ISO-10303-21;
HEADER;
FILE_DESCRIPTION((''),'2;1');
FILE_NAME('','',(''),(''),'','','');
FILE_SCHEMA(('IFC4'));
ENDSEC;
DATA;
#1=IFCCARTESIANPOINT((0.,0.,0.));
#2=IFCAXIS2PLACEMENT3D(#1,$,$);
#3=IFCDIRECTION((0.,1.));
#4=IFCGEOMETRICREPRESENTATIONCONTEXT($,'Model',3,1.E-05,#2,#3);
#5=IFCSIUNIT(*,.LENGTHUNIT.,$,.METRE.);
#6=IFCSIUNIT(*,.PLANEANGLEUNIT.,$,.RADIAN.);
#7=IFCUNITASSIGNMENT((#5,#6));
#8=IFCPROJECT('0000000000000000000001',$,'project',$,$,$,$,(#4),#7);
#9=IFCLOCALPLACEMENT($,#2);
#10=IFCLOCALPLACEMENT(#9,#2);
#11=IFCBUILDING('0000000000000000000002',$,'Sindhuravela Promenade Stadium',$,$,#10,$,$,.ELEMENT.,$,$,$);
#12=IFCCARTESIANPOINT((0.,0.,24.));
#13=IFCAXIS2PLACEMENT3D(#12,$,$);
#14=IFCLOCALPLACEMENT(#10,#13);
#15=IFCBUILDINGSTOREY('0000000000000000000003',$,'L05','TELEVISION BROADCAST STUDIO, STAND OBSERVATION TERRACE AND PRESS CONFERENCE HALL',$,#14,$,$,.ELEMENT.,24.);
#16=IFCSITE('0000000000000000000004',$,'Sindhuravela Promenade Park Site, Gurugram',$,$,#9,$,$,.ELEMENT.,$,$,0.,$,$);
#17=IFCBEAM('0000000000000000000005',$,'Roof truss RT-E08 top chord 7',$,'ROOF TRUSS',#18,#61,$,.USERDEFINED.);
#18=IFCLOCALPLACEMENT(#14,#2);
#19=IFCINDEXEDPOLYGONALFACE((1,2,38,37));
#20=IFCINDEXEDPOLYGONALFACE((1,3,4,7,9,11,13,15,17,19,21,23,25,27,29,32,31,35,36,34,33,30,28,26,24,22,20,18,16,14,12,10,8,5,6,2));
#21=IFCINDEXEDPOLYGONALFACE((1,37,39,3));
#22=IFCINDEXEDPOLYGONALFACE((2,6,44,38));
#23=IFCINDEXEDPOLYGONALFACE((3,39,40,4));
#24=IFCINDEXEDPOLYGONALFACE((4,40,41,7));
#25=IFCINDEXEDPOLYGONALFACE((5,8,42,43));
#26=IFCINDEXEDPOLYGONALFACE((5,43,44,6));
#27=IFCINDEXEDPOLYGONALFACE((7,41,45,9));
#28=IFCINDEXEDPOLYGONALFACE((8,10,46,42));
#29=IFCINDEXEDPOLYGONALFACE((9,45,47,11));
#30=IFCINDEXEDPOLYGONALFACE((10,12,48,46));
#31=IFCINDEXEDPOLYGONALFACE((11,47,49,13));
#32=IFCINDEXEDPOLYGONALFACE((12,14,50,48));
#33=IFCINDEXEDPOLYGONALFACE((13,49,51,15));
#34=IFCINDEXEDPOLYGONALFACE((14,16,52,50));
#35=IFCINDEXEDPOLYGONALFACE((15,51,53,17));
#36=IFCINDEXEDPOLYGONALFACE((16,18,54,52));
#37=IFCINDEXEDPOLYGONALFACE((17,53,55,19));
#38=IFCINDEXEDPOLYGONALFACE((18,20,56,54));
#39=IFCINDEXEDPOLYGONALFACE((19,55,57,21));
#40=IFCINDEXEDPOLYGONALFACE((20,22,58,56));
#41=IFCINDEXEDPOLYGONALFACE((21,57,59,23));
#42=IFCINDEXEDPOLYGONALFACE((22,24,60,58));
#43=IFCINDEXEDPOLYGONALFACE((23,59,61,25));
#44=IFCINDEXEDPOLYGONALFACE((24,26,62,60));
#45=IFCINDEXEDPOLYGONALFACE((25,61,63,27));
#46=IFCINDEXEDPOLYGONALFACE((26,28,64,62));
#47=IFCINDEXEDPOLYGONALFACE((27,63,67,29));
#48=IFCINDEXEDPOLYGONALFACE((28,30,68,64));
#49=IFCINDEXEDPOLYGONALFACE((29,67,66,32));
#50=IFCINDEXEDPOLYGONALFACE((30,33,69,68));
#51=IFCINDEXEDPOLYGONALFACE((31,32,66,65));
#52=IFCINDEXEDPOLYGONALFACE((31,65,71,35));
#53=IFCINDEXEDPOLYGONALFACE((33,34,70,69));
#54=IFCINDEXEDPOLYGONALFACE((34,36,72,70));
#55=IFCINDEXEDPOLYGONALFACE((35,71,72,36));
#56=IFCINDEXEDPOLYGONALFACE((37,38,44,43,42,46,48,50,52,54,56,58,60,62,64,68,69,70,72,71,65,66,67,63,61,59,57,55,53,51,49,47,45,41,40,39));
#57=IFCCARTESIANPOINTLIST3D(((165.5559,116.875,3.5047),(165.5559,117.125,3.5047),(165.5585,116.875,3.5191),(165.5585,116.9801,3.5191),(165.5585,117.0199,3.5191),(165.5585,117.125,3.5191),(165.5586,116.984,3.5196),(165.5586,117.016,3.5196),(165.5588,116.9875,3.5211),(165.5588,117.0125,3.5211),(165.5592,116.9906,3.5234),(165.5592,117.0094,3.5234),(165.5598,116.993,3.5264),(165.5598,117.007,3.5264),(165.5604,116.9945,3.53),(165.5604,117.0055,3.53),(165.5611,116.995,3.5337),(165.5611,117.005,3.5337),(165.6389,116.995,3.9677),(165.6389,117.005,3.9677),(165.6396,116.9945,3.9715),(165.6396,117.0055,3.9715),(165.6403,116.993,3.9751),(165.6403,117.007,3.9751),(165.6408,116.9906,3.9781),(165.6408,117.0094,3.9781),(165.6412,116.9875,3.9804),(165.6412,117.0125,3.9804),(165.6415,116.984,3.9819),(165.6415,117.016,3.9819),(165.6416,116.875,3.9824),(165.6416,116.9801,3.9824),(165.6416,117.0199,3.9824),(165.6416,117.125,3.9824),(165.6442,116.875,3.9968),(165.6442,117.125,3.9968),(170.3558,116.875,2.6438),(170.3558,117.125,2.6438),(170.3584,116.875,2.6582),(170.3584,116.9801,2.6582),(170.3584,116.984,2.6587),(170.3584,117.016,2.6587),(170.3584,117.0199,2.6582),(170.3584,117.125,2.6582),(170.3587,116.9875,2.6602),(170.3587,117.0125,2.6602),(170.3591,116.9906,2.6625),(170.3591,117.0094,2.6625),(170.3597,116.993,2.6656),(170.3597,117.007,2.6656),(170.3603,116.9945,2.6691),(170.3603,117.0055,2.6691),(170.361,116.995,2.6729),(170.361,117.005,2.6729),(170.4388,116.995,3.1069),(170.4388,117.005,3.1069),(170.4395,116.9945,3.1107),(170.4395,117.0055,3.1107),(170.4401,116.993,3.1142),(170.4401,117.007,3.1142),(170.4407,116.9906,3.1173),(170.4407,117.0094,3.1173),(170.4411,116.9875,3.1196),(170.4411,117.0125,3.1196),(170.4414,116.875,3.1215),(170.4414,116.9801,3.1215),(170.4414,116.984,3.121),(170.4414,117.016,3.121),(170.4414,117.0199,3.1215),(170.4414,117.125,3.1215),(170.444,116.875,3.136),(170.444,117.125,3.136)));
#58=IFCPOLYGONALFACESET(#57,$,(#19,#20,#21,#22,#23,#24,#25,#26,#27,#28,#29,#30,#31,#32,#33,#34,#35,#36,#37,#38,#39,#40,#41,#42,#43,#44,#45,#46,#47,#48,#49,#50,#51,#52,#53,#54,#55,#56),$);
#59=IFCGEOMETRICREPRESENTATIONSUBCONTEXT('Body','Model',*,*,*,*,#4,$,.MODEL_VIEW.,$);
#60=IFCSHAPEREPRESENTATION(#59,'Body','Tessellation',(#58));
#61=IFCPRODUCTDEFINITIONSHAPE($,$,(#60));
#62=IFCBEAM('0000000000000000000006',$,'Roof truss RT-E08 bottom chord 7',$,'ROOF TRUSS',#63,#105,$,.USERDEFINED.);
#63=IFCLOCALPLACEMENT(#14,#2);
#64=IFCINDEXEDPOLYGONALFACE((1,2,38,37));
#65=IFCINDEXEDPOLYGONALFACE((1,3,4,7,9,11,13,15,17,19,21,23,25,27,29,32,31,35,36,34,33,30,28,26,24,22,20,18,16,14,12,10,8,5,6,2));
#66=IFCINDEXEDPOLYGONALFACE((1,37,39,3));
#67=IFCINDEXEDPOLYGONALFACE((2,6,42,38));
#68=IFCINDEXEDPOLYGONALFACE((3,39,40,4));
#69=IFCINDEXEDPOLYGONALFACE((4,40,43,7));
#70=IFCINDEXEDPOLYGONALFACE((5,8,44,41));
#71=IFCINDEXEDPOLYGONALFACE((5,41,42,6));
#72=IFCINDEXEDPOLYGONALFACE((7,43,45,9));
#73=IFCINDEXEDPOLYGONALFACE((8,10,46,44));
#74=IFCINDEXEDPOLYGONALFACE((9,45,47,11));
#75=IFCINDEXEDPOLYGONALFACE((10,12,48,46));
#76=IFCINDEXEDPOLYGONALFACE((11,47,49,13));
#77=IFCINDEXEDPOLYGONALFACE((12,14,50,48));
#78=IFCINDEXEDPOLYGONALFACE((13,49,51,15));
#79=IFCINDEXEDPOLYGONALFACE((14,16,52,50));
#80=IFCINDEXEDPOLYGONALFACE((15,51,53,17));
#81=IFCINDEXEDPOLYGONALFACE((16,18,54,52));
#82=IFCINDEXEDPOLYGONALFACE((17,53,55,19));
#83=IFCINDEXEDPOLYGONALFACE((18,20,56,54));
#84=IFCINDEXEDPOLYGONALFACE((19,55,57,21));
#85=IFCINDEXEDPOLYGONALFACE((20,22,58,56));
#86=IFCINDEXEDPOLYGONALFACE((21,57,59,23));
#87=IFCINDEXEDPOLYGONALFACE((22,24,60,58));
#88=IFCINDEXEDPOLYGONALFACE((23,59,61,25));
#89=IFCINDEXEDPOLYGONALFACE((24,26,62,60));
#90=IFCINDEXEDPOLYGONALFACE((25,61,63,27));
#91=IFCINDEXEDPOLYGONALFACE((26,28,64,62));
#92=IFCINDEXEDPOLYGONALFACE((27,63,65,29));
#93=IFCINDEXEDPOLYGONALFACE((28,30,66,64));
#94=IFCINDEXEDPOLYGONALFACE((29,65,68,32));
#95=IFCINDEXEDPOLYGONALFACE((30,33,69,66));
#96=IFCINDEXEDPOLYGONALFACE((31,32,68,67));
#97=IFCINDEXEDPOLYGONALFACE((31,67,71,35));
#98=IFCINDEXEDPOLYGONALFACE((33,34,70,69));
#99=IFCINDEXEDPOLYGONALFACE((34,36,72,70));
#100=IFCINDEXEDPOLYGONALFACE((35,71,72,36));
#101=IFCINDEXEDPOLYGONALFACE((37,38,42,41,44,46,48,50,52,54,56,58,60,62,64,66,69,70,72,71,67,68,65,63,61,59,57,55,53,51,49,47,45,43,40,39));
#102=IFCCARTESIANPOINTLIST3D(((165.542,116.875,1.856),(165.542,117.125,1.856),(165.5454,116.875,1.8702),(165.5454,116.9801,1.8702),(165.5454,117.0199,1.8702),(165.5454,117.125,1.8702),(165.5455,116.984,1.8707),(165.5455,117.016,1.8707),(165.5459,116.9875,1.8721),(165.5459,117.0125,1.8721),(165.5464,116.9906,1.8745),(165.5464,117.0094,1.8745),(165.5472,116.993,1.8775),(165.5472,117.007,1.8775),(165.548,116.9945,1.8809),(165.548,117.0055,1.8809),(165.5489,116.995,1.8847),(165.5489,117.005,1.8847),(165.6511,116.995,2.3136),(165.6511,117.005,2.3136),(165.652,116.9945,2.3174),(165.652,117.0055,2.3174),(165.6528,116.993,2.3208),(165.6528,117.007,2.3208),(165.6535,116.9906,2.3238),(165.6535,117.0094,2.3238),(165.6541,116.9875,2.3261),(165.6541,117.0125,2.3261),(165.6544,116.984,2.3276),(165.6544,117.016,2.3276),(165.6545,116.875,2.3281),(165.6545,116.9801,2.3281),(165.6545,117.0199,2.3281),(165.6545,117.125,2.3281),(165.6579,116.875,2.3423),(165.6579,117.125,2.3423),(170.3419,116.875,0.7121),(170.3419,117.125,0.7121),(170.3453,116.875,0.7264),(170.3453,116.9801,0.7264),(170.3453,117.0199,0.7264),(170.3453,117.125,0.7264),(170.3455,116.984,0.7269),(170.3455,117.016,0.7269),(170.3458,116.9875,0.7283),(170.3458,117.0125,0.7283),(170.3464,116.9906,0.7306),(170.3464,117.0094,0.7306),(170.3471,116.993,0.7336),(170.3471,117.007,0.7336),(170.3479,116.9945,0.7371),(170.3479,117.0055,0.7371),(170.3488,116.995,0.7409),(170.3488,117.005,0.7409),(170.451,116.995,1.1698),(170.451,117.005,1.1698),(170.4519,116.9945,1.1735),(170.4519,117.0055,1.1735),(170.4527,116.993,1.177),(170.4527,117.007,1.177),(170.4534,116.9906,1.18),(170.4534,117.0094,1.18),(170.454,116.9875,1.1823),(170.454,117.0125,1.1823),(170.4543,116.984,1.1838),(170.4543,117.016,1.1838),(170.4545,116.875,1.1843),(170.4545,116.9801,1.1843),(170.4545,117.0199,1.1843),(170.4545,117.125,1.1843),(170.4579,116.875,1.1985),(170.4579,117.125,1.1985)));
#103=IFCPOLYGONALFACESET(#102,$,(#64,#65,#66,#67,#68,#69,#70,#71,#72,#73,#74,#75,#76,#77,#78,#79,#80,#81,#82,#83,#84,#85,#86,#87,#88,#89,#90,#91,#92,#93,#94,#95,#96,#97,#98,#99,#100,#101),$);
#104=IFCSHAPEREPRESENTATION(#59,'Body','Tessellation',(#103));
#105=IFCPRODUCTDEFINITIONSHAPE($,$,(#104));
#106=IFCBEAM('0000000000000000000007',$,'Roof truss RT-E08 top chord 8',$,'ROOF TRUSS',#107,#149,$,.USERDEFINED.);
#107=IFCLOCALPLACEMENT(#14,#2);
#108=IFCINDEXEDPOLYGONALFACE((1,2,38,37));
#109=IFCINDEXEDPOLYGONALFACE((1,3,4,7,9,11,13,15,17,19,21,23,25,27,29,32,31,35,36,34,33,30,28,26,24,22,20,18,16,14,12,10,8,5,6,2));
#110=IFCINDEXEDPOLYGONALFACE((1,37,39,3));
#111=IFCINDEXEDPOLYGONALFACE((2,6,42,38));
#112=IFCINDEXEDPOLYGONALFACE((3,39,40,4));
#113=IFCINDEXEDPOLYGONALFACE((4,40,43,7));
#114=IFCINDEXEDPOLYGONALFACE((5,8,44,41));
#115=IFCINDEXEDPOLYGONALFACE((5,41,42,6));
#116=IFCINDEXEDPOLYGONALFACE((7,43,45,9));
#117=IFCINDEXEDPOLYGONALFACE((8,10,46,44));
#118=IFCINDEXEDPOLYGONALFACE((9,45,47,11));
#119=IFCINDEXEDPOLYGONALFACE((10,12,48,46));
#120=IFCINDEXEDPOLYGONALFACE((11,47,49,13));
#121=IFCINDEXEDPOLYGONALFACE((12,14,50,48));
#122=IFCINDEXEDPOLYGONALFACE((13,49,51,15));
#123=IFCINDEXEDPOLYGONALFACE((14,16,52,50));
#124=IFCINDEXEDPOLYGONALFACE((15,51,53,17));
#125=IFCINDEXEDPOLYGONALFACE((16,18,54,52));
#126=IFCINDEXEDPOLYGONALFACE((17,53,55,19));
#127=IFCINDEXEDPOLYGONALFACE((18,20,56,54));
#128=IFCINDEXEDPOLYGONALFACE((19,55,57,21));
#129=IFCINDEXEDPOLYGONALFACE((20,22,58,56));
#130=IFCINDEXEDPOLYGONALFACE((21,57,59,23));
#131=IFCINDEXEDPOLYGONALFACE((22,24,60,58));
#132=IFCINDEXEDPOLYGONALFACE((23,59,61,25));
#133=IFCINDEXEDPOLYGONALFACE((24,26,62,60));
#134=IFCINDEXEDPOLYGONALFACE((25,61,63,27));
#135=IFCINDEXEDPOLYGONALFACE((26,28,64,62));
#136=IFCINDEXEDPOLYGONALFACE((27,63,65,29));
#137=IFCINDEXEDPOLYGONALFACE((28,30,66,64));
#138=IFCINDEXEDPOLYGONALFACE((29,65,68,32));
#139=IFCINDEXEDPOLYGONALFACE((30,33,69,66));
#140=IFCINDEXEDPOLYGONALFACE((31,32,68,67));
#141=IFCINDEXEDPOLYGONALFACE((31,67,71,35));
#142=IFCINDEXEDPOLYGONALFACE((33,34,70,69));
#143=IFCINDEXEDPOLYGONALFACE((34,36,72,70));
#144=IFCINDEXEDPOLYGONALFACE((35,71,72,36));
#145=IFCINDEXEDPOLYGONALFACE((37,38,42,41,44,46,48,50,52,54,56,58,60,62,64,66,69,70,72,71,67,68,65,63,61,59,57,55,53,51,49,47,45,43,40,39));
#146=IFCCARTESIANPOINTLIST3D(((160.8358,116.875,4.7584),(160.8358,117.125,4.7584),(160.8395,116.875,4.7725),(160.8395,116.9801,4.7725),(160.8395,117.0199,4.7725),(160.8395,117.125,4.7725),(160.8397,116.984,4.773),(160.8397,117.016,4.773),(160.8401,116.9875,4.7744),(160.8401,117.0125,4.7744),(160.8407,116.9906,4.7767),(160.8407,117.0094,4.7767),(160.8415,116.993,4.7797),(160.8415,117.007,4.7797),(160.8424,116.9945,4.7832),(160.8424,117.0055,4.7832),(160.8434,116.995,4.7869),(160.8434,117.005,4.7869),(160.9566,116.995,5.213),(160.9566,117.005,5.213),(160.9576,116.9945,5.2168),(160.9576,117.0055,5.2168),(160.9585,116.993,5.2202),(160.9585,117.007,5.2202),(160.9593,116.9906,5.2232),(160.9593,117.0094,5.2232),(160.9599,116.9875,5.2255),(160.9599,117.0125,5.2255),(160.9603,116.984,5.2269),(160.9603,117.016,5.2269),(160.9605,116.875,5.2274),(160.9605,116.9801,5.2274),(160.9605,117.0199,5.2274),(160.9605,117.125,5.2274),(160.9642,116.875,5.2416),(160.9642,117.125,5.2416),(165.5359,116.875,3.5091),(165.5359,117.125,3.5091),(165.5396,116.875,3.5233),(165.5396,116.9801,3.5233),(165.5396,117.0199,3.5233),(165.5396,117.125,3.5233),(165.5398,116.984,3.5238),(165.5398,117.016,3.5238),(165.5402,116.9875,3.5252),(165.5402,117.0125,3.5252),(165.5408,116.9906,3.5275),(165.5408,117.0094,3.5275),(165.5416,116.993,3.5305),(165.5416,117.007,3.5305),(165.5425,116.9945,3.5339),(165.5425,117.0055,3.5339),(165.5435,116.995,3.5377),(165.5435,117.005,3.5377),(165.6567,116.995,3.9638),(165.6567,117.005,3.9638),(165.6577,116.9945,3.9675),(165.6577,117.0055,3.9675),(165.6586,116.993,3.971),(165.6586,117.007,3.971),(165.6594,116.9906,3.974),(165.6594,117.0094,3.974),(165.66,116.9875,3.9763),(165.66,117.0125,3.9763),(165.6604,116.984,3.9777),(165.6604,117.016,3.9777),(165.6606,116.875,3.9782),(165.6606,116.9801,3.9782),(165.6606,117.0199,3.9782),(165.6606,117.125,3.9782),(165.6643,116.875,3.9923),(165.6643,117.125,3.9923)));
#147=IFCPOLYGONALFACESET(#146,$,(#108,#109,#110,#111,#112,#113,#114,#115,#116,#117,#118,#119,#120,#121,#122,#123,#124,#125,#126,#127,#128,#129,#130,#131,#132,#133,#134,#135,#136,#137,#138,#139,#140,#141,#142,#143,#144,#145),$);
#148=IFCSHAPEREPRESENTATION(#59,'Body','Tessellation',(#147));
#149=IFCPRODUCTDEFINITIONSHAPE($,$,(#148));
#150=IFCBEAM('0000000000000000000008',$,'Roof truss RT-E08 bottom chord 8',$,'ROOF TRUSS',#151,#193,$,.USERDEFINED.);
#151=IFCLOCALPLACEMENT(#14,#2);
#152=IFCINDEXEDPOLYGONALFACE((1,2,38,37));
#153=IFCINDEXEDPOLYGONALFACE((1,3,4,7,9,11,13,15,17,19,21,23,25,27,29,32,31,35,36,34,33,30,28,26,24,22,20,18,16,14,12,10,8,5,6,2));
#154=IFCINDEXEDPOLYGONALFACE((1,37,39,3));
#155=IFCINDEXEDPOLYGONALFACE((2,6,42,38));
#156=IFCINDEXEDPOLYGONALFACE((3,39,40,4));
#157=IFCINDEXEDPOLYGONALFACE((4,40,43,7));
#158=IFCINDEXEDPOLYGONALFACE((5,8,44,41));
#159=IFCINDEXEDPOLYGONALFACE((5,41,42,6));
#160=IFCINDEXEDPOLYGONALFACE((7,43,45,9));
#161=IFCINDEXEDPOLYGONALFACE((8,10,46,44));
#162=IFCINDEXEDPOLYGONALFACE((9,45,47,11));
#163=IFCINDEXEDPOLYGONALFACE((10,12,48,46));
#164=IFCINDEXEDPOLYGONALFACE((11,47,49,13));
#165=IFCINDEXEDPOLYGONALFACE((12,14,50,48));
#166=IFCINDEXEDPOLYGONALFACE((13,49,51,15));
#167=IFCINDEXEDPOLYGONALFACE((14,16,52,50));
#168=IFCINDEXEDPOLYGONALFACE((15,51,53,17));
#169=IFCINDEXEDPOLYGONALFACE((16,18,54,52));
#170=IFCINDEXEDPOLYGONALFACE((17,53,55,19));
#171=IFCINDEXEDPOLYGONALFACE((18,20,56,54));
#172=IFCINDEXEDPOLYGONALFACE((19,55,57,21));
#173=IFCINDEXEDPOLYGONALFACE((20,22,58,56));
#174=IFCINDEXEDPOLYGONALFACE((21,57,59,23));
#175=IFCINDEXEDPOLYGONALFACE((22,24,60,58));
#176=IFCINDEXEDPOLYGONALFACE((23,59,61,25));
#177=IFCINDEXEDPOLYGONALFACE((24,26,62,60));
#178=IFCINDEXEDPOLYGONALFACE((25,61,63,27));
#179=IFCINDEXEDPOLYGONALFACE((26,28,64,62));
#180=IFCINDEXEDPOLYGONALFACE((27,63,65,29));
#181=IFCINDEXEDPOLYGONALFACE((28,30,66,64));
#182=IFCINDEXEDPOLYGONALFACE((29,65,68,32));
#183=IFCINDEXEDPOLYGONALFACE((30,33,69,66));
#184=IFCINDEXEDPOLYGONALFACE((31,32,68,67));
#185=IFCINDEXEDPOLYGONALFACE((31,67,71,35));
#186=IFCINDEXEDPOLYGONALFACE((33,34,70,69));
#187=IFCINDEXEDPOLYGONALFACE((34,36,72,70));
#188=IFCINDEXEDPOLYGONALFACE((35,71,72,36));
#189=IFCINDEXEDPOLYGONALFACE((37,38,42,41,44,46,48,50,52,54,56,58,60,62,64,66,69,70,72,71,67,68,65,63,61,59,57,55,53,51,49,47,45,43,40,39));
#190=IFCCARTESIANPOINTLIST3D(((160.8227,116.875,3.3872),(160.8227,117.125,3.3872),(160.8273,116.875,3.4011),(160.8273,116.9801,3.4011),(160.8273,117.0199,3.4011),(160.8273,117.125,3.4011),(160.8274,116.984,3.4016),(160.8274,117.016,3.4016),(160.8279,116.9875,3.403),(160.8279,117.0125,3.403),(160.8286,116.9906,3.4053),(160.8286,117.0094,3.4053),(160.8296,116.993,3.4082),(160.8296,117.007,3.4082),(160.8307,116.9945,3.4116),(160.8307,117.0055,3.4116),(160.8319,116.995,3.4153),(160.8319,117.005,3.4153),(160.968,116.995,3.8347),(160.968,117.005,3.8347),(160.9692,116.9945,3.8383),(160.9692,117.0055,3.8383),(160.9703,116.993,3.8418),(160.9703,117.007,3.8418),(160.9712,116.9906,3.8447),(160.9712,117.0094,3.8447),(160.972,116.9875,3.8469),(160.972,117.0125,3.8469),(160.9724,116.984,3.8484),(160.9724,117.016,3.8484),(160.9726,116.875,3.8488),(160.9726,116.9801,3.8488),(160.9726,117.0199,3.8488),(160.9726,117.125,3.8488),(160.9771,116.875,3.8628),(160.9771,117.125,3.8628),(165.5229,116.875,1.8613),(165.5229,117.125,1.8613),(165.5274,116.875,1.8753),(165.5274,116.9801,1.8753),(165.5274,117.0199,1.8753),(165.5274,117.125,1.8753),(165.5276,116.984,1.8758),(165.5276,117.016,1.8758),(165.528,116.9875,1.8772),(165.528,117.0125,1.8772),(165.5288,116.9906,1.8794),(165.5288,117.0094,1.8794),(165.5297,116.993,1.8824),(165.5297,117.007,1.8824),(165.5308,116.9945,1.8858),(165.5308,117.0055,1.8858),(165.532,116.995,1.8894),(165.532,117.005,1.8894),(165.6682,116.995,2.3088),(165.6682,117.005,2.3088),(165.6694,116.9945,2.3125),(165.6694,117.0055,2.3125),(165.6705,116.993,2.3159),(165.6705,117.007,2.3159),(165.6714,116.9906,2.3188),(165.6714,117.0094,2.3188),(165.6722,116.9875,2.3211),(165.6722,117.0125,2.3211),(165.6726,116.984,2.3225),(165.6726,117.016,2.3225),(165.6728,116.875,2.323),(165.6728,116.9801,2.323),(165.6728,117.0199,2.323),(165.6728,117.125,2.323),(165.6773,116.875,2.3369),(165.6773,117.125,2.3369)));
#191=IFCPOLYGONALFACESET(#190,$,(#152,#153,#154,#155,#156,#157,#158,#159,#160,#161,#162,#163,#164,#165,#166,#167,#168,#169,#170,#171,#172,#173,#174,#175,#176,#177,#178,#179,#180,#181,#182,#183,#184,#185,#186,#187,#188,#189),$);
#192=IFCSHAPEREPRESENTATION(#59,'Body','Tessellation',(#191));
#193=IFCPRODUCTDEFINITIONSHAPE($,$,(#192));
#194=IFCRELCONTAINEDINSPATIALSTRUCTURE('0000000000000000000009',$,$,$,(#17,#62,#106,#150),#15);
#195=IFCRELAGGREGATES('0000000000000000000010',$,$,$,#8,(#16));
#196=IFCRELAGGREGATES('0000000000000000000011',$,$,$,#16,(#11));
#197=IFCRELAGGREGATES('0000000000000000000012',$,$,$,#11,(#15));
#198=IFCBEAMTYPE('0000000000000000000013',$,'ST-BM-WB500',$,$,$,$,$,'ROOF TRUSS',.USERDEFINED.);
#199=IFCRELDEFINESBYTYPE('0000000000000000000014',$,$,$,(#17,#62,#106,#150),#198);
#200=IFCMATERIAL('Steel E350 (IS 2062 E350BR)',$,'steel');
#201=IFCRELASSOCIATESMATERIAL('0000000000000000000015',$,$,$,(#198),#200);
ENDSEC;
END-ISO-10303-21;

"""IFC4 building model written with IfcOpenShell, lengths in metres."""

from ifc_helpers import new_model, si_unit, direction, frame, origin, origin_2d, place, context, subcontext, project, spatial, i_section, extrude, material, material_profile, profile_set, type_object, element, save


model = new_model("IFC4")

# Units and contexts
model_context = context("Model", 3, precision=1e-05, world=origin(), true_north=direction((0.0, 1.0)))
body_context = subcontext(model_context, "Body", "Model", "MODEL_VIEW")
ifc_project = project(units=[si_unit("LENGTHUNIT", "METRE"), si_unit("PLANEANGLEUNIT", "RADIAN")], contexts=[model_context])

# Site, building, storey
site_placement = place(None, origin())
site = spatial("IfcSite", under=ifc_project, at=site_placement, Name="Sindhuravela Promenade Park Site, Gurugram", CompositionType="ELEMENT", RefElevation=0.0)
building_placement = place(site_placement, origin())
building = spatial("IfcBuilding", under=site, at=building_placement, Name="Sindhuravela Promenade Stadium", CompositionType="ELEMENT")
storey_placement = place(building_placement, frame((0.0, 0.0, 24.0)))
storey = spatial("IfcBuildingStorey", under=building, at=storey_placement, Name="L05", Description="TELEVISION BROADCAST STUDIO, STAND OBSERVATION TERRACE AND PRESS CONFERENCE HALL", CompositionType="ELEMENT", Elevation=24.0)

# Beams
ifc_material_1 = material(Name="Steel E350 (IS 2062 E350BR)", Category="steel")
ifc_material_profile_1 = material_profile(ifc_material_1, i_section(OverallWidth=0.25, OverallDepth=0.5, WebThickness=0.01, FlangeThickness=0.0146, FilletRadius=0.0149, at=origin_2d()), Name="ISWB 500")
ifc_profile_set_1 = profile_set([ifc_material_profile_1], Name="Steel E350 (IS 2062 E350BR)")
beam_type = type_object("IfcBeamType", Name="ST-BM-WB500", ElementType="ROOF TRUSS", PredefinedType="USERDEFINED", material=ifc_profile_set_1)
beam_1_placement = place(storey_placement, frame((170.3999, 117.0, 2.8899), z_axis=(-0.984295, 0.0, 0.176532), x_axis=(0.0, -1.0, 0.0)))
element("IfcBeam", 1, at=beam_1_placement, inside=storey, type_object=beam_type, Name="Roof truss RT-E08 top chord 7", ObjectType="ROOF TRUSS", PredefinedType="USERDEFINED", context=body_context, shape_type="SweptSolid", body=[
    extrude(i_section(OverallWidth=0.25, OverallDepth=0.5, WebThickness=0.01, FlangeThickness=0.0146, FilletRadius=0.0149, at=origin_2d()), origin(), (0.0, 0.0, 1.0), 4.8765),
])
beam_2_placement = place(storey_placement, frame((170.3999, 117.0, 0.9553), z_axis=(-0.972761, 0.0, 0.23181), x_axis=(0.0, -1.0, 0.0)))
element("IfcBeam", 2, at=beam_2_placement, inside=storey, type_object=beam_type, Name="Roof truss RT-E08 bottom chord 7", ObjectType="ROOF TRUSS", PredefinedType="USERDEFINED", context=body_context, shape_type="SweptSolid", body=[
    extrude(i_section(OverallWidth=0.25, OverallDepth=0.5, WebThickness=0.01, FlangeThickness=0.0146, FilletRadius=0.0149, at=origin_2d()), origin(), (0.0, 0.0, 1.0), 4.9343),
])
beam_3_placement = place(storey_placement, frame((165.6001, 117.0, 3.7507), z_axis=(-0.966445, 0.0, 0.256872), x_axis=(0.0, -1.0, 0.0)))
element("IfcBeam", 3, at=beam_3_placement, inside=storey, type_object=beam_type, Name="Roof truss RT-E08 top chord 8", ObjectType="ROOF TRUSS", PredefinedType="USERDEFINED", context=body_context, shape_type="SweptSolid", body=[
    extrude(i_section(OverallWidth=0.25, OverallDepth=0.5, WebThickness=0.01, FlangeThickness=0.0146, FilletRadius=0.0149, at=origin_2d()), origin(), (0.0, 0.0, 1.0), 4.8633),
])
beam_4_placement = place(storey_placement, frame((165.6001, 117.0, 2.0991), z_axis=(-0.951134, 0.0, 0.308778), x_axis=(0.0, -1.0, 0.0)))
element("IfcBeam", 4, at=beam_4_placement, inside=storey, type_object=beam_type, Name="Roof truss RT-E08 bottom chord 8", ObjectType="ROOF TRUSS", PredefinedType="USERDEFINED", context=body_context, shape_type="SweptSolid", body=[
    extrude(i_section(OverallWidth=0.25, OverallDepth=0.5, WebThickness=0.01, FlangeThickness=0.0146, FilletRadius=0.0149, at=origin_2d()), origin(), (0.0, 0.0, 1.0), 4.9417),
])

save(model, "model.ifc")
